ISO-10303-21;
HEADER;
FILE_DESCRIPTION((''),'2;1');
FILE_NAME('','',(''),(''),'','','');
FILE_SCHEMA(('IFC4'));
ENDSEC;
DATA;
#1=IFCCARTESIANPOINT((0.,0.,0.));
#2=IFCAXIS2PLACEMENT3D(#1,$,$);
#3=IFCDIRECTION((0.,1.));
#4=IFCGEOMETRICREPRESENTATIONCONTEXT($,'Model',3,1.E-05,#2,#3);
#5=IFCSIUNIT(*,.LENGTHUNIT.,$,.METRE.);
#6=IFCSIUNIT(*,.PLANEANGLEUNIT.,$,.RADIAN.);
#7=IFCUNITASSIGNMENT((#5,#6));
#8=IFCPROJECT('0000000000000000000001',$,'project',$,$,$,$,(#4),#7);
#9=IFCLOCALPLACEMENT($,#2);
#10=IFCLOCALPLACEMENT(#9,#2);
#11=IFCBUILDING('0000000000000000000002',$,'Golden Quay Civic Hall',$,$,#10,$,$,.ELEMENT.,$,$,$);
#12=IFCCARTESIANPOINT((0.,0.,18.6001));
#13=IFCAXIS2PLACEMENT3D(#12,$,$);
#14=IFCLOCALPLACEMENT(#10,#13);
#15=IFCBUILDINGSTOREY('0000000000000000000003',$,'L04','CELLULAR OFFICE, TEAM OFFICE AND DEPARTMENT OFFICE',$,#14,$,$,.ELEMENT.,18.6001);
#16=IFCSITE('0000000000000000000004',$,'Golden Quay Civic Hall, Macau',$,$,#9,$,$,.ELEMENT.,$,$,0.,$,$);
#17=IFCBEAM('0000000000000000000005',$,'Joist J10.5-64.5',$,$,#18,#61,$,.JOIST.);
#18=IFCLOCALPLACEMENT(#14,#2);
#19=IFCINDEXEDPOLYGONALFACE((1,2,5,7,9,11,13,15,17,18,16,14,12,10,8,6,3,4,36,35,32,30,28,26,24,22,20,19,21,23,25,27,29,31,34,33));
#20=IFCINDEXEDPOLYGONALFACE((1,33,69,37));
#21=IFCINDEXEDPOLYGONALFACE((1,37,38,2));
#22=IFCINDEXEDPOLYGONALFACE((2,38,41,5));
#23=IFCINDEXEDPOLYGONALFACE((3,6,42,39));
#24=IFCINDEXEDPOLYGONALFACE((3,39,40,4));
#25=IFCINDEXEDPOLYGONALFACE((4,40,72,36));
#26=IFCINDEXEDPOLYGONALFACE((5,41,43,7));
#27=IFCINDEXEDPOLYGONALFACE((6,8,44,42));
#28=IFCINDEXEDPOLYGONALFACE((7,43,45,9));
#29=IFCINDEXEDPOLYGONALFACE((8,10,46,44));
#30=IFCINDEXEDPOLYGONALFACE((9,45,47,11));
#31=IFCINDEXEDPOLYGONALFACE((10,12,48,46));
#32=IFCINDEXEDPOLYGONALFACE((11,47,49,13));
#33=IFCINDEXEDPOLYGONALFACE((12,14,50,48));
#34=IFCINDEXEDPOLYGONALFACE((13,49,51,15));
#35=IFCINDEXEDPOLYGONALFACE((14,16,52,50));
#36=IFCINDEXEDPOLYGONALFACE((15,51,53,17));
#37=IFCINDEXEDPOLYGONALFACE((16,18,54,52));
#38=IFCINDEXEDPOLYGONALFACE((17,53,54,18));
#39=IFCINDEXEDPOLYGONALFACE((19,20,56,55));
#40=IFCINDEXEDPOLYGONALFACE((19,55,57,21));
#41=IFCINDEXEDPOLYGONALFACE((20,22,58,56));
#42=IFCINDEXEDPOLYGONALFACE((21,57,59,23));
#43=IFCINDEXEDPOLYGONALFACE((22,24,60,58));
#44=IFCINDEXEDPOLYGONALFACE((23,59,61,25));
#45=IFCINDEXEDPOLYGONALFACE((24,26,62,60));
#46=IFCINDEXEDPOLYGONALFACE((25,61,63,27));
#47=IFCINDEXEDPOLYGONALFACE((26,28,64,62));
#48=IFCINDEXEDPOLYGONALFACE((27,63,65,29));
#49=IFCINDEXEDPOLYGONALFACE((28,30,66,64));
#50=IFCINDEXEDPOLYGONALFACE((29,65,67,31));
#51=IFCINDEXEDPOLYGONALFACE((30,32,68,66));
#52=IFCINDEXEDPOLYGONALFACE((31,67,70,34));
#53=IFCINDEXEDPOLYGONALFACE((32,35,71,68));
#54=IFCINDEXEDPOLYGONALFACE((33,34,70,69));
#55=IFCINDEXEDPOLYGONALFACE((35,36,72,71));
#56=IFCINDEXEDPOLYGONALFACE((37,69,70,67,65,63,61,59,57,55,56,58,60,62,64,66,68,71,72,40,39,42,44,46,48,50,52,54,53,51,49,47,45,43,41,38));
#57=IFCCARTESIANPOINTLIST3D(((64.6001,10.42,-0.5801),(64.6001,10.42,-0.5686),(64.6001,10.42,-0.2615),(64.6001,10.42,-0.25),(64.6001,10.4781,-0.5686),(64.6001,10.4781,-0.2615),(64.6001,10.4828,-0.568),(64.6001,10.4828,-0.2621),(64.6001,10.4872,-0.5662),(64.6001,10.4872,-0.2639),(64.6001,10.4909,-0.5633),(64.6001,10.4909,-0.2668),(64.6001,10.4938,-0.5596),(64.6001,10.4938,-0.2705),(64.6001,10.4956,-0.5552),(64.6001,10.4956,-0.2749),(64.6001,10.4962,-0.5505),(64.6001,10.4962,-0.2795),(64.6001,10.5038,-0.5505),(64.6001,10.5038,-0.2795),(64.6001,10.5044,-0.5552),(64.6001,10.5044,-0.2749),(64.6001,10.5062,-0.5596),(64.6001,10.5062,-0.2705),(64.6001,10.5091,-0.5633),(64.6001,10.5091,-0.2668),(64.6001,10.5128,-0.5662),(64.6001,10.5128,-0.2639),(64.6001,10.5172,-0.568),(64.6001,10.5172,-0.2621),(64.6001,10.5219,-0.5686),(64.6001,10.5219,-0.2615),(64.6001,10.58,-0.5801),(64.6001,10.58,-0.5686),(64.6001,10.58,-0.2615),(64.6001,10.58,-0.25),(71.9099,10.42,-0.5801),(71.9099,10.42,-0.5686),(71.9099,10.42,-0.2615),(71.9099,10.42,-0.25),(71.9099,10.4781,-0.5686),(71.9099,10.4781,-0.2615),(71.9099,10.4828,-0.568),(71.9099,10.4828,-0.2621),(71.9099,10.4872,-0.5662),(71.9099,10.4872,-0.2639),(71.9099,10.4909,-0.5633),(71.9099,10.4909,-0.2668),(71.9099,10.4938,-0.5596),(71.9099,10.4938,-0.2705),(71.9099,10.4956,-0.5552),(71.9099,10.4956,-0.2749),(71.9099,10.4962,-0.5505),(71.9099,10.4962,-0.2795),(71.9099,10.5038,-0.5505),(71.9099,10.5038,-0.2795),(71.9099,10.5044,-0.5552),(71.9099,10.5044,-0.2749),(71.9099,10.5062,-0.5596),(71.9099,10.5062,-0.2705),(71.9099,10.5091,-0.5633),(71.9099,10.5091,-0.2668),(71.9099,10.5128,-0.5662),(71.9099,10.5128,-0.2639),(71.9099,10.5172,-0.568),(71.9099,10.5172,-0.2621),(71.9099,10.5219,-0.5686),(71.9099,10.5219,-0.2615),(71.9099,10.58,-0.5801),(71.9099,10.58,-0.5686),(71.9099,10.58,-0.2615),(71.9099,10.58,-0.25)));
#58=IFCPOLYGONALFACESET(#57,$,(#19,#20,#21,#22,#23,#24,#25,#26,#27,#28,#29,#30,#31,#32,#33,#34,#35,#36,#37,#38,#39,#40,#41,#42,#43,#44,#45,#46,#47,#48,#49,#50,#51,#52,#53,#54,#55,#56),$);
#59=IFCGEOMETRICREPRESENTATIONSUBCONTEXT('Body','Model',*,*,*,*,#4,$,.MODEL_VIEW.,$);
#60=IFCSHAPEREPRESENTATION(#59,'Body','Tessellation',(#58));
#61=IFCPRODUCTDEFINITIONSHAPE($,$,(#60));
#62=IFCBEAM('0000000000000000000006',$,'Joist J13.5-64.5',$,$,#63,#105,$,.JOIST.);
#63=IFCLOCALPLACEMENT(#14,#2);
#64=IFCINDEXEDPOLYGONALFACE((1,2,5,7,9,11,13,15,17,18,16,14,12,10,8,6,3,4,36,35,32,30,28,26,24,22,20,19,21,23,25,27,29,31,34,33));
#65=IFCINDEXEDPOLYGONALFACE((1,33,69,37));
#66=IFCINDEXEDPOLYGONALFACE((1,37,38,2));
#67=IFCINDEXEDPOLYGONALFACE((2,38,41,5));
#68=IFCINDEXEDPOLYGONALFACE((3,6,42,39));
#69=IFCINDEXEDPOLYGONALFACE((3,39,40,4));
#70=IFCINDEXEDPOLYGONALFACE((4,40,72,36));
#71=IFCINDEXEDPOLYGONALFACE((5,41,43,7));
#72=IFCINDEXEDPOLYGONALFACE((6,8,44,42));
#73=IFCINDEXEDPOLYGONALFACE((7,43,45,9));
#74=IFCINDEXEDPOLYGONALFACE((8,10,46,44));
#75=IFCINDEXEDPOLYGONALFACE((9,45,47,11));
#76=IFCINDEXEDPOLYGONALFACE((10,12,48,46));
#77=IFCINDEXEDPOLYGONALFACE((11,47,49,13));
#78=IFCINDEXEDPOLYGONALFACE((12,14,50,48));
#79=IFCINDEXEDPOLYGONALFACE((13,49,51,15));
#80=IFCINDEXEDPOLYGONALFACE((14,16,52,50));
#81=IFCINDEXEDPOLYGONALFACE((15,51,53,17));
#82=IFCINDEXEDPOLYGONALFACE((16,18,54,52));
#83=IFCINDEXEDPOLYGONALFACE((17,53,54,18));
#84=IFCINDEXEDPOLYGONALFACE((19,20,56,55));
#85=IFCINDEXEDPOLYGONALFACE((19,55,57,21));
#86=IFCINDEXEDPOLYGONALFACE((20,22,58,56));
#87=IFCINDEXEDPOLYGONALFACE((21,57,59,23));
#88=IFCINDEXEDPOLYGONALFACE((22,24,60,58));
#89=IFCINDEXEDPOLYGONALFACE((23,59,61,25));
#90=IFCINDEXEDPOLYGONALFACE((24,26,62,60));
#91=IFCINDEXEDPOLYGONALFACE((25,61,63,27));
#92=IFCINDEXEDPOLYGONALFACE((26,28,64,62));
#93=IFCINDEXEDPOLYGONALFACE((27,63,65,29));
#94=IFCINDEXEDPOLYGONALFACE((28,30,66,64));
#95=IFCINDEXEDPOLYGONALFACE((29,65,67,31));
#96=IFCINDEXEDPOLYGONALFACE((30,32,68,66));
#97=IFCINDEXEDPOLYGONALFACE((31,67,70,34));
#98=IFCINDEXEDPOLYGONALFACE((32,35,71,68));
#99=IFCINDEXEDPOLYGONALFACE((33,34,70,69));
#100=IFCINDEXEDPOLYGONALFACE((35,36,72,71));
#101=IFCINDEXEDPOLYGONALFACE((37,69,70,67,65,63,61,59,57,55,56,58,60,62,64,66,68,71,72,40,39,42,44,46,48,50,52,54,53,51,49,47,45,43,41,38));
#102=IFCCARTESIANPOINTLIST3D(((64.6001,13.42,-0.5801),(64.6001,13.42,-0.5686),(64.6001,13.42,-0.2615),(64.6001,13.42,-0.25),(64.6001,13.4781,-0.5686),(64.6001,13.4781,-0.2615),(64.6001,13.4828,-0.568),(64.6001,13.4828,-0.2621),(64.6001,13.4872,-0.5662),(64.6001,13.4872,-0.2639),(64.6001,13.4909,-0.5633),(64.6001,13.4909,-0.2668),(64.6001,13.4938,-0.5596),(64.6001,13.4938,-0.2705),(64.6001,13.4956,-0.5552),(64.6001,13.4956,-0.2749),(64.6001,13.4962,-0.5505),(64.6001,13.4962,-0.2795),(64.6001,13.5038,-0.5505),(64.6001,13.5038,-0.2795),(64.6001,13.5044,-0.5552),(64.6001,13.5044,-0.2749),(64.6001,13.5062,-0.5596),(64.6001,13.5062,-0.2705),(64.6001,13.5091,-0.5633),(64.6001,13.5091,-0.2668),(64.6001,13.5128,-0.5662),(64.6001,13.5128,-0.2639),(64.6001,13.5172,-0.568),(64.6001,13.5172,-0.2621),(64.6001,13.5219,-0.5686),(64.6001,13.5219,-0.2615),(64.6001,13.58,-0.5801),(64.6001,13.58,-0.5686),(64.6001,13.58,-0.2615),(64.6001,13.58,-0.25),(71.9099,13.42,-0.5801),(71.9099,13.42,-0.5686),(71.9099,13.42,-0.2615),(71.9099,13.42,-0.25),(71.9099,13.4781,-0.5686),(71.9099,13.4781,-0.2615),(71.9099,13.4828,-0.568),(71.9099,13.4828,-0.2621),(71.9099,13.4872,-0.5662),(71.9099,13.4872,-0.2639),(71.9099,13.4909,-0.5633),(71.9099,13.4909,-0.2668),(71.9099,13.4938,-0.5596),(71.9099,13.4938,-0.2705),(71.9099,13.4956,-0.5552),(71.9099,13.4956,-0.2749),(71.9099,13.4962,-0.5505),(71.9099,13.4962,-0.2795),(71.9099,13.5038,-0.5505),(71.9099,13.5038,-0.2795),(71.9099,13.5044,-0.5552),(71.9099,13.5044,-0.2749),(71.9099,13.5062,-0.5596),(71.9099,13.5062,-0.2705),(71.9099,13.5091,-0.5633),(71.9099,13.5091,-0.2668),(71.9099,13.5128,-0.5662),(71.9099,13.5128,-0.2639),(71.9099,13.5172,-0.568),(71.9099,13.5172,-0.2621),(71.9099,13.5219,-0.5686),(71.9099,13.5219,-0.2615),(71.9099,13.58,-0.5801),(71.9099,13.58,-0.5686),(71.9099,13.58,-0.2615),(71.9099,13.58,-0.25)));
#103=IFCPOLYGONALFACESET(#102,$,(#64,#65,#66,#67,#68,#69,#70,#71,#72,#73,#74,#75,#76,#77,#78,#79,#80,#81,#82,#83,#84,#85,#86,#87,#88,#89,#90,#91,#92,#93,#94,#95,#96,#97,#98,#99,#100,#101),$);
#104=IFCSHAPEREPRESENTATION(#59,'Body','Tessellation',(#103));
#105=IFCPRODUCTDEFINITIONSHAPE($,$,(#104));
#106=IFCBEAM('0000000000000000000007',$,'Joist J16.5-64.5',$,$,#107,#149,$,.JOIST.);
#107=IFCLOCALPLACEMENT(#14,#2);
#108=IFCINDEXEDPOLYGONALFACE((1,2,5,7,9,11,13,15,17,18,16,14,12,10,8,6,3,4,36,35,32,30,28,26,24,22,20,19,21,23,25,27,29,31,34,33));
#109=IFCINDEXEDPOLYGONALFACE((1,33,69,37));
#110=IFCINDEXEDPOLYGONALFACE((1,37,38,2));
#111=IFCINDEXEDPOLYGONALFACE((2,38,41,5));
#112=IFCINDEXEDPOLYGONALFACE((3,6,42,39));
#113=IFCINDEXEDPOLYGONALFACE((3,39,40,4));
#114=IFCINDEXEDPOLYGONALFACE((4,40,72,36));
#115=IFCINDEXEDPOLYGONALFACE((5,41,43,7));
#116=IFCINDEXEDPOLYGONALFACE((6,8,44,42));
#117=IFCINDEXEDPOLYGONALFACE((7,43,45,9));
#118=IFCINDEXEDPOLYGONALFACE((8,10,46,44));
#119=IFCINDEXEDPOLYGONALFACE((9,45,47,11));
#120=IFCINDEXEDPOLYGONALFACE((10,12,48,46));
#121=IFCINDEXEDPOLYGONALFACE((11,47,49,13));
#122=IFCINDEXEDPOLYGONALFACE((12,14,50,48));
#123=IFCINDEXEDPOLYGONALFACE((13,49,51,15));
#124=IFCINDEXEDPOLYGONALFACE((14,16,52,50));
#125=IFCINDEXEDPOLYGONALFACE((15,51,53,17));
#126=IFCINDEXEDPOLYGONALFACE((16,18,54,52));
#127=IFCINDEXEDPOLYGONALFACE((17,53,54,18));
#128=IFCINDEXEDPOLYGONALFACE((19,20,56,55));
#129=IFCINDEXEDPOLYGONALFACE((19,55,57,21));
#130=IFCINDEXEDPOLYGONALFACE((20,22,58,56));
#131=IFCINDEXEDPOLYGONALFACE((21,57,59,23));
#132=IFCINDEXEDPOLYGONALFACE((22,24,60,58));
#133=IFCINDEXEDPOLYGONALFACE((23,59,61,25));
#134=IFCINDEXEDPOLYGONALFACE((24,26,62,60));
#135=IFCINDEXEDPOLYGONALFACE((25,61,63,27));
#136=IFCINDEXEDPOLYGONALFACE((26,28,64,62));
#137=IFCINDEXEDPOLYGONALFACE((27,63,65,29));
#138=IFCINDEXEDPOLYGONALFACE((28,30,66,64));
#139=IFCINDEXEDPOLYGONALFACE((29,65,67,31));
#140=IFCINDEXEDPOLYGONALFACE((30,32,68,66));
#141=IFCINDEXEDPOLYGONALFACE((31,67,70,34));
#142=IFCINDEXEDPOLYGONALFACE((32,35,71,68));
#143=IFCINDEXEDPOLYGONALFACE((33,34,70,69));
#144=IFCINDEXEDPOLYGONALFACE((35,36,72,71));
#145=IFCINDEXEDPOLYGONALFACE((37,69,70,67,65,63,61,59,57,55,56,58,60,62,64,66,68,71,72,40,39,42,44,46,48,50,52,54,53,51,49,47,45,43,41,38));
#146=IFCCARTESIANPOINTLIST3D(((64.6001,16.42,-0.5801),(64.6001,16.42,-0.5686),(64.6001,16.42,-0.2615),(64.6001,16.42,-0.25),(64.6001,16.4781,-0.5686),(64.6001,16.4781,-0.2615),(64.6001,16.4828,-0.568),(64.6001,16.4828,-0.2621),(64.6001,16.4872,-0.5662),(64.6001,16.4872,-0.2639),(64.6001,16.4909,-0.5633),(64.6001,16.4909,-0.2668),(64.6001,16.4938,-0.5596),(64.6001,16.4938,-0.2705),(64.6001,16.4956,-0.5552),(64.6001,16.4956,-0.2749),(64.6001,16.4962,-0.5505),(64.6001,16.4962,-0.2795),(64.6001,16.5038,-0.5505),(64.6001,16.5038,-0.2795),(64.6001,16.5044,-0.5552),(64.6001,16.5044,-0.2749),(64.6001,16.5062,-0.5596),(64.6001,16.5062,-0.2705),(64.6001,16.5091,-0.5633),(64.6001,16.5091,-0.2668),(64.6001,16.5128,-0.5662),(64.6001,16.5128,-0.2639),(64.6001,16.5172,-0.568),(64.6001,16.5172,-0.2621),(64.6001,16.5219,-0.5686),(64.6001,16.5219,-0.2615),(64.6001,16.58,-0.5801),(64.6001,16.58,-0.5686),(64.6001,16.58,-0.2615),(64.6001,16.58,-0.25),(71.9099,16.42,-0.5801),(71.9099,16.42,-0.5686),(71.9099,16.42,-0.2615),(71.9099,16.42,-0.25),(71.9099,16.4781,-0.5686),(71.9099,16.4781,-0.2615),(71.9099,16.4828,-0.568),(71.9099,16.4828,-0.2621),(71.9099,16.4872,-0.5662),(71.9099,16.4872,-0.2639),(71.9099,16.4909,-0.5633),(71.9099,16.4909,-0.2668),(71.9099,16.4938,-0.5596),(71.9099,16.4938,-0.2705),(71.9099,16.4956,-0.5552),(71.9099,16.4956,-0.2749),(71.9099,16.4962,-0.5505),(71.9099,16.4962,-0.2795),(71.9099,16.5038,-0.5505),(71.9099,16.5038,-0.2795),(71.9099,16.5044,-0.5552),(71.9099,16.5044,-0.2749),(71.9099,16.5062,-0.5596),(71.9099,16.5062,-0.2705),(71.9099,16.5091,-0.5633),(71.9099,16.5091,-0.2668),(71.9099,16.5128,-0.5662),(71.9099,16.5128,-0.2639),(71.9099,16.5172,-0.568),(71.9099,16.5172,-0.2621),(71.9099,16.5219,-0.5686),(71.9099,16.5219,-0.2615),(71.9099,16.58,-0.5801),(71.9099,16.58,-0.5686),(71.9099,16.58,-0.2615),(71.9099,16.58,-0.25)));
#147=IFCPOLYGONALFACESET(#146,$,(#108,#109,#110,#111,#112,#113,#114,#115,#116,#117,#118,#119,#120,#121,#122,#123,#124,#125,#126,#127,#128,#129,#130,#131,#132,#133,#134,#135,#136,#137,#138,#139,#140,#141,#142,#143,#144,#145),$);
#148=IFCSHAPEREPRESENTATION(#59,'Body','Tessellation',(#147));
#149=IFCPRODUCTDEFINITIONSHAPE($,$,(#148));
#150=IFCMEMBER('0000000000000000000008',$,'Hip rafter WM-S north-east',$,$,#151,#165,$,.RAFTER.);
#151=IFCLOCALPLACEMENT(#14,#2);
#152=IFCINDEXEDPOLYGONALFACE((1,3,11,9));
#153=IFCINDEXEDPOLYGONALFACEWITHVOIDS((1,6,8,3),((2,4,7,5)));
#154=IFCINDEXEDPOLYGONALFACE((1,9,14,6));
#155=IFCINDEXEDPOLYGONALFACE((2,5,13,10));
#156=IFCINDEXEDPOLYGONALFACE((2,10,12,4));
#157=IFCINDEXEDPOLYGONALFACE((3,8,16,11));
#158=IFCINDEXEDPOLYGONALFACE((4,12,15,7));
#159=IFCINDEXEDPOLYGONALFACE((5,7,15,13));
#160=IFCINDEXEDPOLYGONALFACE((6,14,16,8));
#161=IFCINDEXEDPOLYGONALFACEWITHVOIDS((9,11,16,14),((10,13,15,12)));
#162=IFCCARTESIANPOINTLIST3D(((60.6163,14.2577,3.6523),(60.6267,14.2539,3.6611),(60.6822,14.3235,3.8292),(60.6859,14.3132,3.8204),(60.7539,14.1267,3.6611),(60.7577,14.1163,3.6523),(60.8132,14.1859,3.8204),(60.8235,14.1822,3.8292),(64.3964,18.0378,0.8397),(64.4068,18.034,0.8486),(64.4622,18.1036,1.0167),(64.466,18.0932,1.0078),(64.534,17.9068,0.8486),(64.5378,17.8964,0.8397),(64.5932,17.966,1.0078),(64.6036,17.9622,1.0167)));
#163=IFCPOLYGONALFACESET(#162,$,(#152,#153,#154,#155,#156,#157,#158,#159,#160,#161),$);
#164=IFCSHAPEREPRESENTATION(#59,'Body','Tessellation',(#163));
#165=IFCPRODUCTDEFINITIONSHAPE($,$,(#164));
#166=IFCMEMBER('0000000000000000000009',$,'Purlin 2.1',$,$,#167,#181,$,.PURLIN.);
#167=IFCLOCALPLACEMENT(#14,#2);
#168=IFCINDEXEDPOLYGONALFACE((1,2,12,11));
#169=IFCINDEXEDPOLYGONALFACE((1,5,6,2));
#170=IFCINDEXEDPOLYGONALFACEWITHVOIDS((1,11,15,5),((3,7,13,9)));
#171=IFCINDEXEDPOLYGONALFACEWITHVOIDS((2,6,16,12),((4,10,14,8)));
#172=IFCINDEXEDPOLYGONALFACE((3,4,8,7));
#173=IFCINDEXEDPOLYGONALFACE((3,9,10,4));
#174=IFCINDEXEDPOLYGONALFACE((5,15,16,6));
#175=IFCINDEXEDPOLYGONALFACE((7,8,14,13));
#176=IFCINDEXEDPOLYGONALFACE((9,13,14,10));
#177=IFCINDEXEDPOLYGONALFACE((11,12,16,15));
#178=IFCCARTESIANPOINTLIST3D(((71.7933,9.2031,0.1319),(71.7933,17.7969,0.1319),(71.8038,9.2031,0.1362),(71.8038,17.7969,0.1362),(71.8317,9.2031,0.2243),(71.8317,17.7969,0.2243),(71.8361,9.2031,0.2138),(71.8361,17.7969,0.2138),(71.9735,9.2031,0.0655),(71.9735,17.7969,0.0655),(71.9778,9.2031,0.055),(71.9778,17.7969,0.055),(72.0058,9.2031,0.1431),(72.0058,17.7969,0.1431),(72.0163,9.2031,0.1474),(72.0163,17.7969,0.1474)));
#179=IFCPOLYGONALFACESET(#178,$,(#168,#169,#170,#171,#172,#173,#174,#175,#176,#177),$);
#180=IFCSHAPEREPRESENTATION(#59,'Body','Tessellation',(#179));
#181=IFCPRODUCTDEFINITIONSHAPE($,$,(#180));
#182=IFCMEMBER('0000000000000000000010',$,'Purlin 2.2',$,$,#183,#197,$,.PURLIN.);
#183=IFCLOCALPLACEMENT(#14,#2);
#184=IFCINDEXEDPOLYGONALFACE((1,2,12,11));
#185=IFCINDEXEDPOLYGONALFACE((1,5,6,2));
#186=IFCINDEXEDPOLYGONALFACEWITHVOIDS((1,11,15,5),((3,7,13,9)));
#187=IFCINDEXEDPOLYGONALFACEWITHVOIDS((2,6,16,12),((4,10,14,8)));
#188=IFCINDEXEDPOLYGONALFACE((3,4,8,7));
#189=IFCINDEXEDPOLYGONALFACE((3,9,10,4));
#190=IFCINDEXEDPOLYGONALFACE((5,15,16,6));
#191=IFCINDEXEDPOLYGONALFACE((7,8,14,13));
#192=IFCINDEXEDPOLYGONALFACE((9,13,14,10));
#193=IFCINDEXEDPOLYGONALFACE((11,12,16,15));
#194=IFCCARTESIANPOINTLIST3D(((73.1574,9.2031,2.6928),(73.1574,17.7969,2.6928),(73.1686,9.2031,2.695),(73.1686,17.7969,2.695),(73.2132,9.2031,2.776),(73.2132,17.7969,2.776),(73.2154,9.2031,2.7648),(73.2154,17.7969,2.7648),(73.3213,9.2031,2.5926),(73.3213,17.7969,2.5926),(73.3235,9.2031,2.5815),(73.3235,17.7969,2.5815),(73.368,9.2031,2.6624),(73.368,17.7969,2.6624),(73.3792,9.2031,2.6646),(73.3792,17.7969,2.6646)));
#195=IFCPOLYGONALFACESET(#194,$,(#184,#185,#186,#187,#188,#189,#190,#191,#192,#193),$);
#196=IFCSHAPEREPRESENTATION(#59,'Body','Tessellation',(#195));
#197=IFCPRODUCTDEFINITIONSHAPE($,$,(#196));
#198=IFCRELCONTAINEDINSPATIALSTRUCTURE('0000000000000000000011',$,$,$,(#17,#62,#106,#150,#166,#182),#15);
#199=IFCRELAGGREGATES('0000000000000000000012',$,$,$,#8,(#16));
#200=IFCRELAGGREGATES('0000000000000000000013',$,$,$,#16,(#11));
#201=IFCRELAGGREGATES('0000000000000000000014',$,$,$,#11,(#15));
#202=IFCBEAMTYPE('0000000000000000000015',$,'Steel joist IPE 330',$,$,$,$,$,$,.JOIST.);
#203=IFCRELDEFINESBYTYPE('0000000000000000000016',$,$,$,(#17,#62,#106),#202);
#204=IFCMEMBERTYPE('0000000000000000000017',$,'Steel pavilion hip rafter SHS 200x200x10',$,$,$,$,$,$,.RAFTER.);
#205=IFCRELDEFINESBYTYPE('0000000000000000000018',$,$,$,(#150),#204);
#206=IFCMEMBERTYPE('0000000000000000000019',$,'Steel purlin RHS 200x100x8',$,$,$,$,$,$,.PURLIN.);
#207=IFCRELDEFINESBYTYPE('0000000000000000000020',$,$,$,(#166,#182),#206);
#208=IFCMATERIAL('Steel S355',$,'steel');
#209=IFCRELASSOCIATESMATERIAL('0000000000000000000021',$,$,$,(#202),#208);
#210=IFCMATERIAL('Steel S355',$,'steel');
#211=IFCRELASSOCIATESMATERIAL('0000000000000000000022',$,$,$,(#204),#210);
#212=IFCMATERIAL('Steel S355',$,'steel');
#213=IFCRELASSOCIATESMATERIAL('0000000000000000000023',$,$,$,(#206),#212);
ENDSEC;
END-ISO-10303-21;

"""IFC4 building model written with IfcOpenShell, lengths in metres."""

from ifc_helpers import new_model, si_unit, direction, frame, origin, origin_2d, place, context, subcontext, project, spatial, hollow_rectangle, i_section, extrude, material, material_profile, profile_set, type_object, element, save


model = new_model("IFC4")

# Units and contexts
model_context = context("Model", 3, precision=1e-05, world=origin(), true_north=direction((0.0, 1.0)))
body_context = subcontext(model_context, "Body", "Model", "MODEL_VIEW")
ifc_project = project(units=[si_unit("LENGTHUNIT", "METRE"), si_unit("PLANEANGLEUNIT", "RADIAN")], contexts=[model_context])

# Site, building, storey
site_placement = place(None, origin())
site = spatial("IfcSite", under=ifc_project, at=site_placement, Name="Golden Quay Civic Hall, Macau", CompositionType="ELEMENT", RefElevation=0.0)
building_placement = place(site_placement, origin())
building = spatial("IfcBuilding", under=site, at=building_placement, Name="Golden Quay Civic Hall", CompositionType="ELEMENT")
storey_placement = place(building_placement, frame((0.0, 0.0, 18.6001)))
storey = spatial("IfcBuildingStorey", under=building, at=storey_placement, Name="L04", Description="CELLULAR OFFICE, TEAM OFFICE AND DEPARTMENT OFFICE", CompositionType="ELEMENT", Elevation=18.6001)

# Beams
ifc_material_1 = material(Name="Steel S355", Category="steel")
ifc_material_profile_1 = material_profile(ifc_material_1, i_section(OverallWidth=0.1599, OverallDepth=0.3301, WebThickness=0.0076, FlangeThickness=0.0115, FilletRadius=0.0181, at=origin_2d()), Name="IPE 330")
ifc_profile_set_1 = profile_set([ifc_material_profile_1], Name="Steel S355")
beam_type_1 = type_object("IfcBeamType", Name="Steel joist IPE 330", PredefinedType="JOIST", material=ifc_profile_set_1)
for number, where, z_axis, x_axis, name in (
    (1, (64.6001, 10.5, -0.415), (1.0, 0.0, 0.0), (0.0, 1.0, 0.0), "Joist J10.5-64.5"),
    (2, (64.6001, 13.5, -0.415), (1.0, 0.0, 0.0), (0.0, 1.0, 0.0), "Joist J13.5-64.5"),
    (3, (64.6001, 16.5, -0.415), (1.0, 0.0, 0.0), (0.0, 1.0, 0.0), "Joist J16.5-64.5"),
):
    element("IfcBeam", number, at=place(storey_placement, frame(where, z_axis=z_axis, x_axis=x_axis)), inside=storey, type_object=beam_type_1, Name=name, PredefinedType="JOIST", context=body_context, shape_type="SweptSolid", body=[
        extrude(i_section(OverallWidth=0.1599, OverallDepth=0.3301, WebThickness=0.0076, FlangeThickness=0.0115, FilletRadius=0.0181, at=origin_2d()), origin(), (0.0, 0.0, 1.0), 7.3098),
    ])

# Members
ifc_material_2 = material(Name="Steel S355", Category="steel")
ifc_material_profile_2 = material_profile(ifc_material_2, hollow_rectangle(XDim=0.2, YDim=0.2, WallThickness=0.01, at=origin_2d()), Name="SHS 200x200x10")
ifc_profile_set_2 = profile_set([ifc_material_profile_2], Name="Steel S355")
member_type_1 = type_object("IfcMemberType", Name="Steel pavilion hip rafter SHS 200x200x10", PredefinedType="RAFTER", material=ifc_profile_set_2)
member_1_placement = place(storey_placement, frame((64.5, 18.0, 0.9282), z_axis=(-0.625783, -0.625783, 0.465609), x_axis=(0.707107, -0.707107, 0.0)))
element("IfcMember", 4, at=member_1_placement, inside=storey, type_object=member_type_1, Name="Hip rafter WM-S north-east", PredefinedType="RAFTER", context=body_context, shape_type="SweptSolid", body=[
    extrude(hollow_rectangle(XDim=0.2, YDim=0.2, WallThickness=0.01, at=origin_2d()), origin(), (0.0, 0.0, 1.0), 6.0405),
])
ifc_material_3 = material(Name="Steel S355", Category="steel")
ifc_material_profile_3 = material_profile(ifc_material_3, hollow_rectangle(XDim=0.1001, YDim=0.2, WallThickness=0.0081, at=origin_2d()), Name="RHS 200x100x8")
ifc_profile_set_3 = profile_set([ifc_material_profile_3], Name="Steel S355")
member_type_2 = type_object("IfcMemberType", Name="Steel purlin RHS 200x100x8", PredefinedType="PURLIN", material=ifc_profile_set_3)
for number, where, z_axis, x_axis, name in (
    (5, (71.9048, 9.2031, 0.1396), (0.0, 1.0, 0.0), (-0.384615, 0.0, -0.923077), "Purlin 2.1"),
    (6, (73.2683, 9.2031, 2.6787), (0.0, 1.0, 0.0), (-0.557019, 0.0, -0.8305), "Purlin 2.2"),
):
    element("IfcMember", number, at=place(storey_placement, frame(where, z_axis=z_axis, x_axis=x_axis)), inside=storey, type_object=member_type_2, Name=name, PredefinedType="PURLIN", context=body_context, shape_type="SweptSolid", body=[
        extrude(hollow_rectangle(XDim=0.1001, YDim=0.2, WallThickness=0.0081, at=origin_2d()), origin(), (0.0, 0.0, 1.0), 8.5938),
    ])

save(model, "model.ifc")
